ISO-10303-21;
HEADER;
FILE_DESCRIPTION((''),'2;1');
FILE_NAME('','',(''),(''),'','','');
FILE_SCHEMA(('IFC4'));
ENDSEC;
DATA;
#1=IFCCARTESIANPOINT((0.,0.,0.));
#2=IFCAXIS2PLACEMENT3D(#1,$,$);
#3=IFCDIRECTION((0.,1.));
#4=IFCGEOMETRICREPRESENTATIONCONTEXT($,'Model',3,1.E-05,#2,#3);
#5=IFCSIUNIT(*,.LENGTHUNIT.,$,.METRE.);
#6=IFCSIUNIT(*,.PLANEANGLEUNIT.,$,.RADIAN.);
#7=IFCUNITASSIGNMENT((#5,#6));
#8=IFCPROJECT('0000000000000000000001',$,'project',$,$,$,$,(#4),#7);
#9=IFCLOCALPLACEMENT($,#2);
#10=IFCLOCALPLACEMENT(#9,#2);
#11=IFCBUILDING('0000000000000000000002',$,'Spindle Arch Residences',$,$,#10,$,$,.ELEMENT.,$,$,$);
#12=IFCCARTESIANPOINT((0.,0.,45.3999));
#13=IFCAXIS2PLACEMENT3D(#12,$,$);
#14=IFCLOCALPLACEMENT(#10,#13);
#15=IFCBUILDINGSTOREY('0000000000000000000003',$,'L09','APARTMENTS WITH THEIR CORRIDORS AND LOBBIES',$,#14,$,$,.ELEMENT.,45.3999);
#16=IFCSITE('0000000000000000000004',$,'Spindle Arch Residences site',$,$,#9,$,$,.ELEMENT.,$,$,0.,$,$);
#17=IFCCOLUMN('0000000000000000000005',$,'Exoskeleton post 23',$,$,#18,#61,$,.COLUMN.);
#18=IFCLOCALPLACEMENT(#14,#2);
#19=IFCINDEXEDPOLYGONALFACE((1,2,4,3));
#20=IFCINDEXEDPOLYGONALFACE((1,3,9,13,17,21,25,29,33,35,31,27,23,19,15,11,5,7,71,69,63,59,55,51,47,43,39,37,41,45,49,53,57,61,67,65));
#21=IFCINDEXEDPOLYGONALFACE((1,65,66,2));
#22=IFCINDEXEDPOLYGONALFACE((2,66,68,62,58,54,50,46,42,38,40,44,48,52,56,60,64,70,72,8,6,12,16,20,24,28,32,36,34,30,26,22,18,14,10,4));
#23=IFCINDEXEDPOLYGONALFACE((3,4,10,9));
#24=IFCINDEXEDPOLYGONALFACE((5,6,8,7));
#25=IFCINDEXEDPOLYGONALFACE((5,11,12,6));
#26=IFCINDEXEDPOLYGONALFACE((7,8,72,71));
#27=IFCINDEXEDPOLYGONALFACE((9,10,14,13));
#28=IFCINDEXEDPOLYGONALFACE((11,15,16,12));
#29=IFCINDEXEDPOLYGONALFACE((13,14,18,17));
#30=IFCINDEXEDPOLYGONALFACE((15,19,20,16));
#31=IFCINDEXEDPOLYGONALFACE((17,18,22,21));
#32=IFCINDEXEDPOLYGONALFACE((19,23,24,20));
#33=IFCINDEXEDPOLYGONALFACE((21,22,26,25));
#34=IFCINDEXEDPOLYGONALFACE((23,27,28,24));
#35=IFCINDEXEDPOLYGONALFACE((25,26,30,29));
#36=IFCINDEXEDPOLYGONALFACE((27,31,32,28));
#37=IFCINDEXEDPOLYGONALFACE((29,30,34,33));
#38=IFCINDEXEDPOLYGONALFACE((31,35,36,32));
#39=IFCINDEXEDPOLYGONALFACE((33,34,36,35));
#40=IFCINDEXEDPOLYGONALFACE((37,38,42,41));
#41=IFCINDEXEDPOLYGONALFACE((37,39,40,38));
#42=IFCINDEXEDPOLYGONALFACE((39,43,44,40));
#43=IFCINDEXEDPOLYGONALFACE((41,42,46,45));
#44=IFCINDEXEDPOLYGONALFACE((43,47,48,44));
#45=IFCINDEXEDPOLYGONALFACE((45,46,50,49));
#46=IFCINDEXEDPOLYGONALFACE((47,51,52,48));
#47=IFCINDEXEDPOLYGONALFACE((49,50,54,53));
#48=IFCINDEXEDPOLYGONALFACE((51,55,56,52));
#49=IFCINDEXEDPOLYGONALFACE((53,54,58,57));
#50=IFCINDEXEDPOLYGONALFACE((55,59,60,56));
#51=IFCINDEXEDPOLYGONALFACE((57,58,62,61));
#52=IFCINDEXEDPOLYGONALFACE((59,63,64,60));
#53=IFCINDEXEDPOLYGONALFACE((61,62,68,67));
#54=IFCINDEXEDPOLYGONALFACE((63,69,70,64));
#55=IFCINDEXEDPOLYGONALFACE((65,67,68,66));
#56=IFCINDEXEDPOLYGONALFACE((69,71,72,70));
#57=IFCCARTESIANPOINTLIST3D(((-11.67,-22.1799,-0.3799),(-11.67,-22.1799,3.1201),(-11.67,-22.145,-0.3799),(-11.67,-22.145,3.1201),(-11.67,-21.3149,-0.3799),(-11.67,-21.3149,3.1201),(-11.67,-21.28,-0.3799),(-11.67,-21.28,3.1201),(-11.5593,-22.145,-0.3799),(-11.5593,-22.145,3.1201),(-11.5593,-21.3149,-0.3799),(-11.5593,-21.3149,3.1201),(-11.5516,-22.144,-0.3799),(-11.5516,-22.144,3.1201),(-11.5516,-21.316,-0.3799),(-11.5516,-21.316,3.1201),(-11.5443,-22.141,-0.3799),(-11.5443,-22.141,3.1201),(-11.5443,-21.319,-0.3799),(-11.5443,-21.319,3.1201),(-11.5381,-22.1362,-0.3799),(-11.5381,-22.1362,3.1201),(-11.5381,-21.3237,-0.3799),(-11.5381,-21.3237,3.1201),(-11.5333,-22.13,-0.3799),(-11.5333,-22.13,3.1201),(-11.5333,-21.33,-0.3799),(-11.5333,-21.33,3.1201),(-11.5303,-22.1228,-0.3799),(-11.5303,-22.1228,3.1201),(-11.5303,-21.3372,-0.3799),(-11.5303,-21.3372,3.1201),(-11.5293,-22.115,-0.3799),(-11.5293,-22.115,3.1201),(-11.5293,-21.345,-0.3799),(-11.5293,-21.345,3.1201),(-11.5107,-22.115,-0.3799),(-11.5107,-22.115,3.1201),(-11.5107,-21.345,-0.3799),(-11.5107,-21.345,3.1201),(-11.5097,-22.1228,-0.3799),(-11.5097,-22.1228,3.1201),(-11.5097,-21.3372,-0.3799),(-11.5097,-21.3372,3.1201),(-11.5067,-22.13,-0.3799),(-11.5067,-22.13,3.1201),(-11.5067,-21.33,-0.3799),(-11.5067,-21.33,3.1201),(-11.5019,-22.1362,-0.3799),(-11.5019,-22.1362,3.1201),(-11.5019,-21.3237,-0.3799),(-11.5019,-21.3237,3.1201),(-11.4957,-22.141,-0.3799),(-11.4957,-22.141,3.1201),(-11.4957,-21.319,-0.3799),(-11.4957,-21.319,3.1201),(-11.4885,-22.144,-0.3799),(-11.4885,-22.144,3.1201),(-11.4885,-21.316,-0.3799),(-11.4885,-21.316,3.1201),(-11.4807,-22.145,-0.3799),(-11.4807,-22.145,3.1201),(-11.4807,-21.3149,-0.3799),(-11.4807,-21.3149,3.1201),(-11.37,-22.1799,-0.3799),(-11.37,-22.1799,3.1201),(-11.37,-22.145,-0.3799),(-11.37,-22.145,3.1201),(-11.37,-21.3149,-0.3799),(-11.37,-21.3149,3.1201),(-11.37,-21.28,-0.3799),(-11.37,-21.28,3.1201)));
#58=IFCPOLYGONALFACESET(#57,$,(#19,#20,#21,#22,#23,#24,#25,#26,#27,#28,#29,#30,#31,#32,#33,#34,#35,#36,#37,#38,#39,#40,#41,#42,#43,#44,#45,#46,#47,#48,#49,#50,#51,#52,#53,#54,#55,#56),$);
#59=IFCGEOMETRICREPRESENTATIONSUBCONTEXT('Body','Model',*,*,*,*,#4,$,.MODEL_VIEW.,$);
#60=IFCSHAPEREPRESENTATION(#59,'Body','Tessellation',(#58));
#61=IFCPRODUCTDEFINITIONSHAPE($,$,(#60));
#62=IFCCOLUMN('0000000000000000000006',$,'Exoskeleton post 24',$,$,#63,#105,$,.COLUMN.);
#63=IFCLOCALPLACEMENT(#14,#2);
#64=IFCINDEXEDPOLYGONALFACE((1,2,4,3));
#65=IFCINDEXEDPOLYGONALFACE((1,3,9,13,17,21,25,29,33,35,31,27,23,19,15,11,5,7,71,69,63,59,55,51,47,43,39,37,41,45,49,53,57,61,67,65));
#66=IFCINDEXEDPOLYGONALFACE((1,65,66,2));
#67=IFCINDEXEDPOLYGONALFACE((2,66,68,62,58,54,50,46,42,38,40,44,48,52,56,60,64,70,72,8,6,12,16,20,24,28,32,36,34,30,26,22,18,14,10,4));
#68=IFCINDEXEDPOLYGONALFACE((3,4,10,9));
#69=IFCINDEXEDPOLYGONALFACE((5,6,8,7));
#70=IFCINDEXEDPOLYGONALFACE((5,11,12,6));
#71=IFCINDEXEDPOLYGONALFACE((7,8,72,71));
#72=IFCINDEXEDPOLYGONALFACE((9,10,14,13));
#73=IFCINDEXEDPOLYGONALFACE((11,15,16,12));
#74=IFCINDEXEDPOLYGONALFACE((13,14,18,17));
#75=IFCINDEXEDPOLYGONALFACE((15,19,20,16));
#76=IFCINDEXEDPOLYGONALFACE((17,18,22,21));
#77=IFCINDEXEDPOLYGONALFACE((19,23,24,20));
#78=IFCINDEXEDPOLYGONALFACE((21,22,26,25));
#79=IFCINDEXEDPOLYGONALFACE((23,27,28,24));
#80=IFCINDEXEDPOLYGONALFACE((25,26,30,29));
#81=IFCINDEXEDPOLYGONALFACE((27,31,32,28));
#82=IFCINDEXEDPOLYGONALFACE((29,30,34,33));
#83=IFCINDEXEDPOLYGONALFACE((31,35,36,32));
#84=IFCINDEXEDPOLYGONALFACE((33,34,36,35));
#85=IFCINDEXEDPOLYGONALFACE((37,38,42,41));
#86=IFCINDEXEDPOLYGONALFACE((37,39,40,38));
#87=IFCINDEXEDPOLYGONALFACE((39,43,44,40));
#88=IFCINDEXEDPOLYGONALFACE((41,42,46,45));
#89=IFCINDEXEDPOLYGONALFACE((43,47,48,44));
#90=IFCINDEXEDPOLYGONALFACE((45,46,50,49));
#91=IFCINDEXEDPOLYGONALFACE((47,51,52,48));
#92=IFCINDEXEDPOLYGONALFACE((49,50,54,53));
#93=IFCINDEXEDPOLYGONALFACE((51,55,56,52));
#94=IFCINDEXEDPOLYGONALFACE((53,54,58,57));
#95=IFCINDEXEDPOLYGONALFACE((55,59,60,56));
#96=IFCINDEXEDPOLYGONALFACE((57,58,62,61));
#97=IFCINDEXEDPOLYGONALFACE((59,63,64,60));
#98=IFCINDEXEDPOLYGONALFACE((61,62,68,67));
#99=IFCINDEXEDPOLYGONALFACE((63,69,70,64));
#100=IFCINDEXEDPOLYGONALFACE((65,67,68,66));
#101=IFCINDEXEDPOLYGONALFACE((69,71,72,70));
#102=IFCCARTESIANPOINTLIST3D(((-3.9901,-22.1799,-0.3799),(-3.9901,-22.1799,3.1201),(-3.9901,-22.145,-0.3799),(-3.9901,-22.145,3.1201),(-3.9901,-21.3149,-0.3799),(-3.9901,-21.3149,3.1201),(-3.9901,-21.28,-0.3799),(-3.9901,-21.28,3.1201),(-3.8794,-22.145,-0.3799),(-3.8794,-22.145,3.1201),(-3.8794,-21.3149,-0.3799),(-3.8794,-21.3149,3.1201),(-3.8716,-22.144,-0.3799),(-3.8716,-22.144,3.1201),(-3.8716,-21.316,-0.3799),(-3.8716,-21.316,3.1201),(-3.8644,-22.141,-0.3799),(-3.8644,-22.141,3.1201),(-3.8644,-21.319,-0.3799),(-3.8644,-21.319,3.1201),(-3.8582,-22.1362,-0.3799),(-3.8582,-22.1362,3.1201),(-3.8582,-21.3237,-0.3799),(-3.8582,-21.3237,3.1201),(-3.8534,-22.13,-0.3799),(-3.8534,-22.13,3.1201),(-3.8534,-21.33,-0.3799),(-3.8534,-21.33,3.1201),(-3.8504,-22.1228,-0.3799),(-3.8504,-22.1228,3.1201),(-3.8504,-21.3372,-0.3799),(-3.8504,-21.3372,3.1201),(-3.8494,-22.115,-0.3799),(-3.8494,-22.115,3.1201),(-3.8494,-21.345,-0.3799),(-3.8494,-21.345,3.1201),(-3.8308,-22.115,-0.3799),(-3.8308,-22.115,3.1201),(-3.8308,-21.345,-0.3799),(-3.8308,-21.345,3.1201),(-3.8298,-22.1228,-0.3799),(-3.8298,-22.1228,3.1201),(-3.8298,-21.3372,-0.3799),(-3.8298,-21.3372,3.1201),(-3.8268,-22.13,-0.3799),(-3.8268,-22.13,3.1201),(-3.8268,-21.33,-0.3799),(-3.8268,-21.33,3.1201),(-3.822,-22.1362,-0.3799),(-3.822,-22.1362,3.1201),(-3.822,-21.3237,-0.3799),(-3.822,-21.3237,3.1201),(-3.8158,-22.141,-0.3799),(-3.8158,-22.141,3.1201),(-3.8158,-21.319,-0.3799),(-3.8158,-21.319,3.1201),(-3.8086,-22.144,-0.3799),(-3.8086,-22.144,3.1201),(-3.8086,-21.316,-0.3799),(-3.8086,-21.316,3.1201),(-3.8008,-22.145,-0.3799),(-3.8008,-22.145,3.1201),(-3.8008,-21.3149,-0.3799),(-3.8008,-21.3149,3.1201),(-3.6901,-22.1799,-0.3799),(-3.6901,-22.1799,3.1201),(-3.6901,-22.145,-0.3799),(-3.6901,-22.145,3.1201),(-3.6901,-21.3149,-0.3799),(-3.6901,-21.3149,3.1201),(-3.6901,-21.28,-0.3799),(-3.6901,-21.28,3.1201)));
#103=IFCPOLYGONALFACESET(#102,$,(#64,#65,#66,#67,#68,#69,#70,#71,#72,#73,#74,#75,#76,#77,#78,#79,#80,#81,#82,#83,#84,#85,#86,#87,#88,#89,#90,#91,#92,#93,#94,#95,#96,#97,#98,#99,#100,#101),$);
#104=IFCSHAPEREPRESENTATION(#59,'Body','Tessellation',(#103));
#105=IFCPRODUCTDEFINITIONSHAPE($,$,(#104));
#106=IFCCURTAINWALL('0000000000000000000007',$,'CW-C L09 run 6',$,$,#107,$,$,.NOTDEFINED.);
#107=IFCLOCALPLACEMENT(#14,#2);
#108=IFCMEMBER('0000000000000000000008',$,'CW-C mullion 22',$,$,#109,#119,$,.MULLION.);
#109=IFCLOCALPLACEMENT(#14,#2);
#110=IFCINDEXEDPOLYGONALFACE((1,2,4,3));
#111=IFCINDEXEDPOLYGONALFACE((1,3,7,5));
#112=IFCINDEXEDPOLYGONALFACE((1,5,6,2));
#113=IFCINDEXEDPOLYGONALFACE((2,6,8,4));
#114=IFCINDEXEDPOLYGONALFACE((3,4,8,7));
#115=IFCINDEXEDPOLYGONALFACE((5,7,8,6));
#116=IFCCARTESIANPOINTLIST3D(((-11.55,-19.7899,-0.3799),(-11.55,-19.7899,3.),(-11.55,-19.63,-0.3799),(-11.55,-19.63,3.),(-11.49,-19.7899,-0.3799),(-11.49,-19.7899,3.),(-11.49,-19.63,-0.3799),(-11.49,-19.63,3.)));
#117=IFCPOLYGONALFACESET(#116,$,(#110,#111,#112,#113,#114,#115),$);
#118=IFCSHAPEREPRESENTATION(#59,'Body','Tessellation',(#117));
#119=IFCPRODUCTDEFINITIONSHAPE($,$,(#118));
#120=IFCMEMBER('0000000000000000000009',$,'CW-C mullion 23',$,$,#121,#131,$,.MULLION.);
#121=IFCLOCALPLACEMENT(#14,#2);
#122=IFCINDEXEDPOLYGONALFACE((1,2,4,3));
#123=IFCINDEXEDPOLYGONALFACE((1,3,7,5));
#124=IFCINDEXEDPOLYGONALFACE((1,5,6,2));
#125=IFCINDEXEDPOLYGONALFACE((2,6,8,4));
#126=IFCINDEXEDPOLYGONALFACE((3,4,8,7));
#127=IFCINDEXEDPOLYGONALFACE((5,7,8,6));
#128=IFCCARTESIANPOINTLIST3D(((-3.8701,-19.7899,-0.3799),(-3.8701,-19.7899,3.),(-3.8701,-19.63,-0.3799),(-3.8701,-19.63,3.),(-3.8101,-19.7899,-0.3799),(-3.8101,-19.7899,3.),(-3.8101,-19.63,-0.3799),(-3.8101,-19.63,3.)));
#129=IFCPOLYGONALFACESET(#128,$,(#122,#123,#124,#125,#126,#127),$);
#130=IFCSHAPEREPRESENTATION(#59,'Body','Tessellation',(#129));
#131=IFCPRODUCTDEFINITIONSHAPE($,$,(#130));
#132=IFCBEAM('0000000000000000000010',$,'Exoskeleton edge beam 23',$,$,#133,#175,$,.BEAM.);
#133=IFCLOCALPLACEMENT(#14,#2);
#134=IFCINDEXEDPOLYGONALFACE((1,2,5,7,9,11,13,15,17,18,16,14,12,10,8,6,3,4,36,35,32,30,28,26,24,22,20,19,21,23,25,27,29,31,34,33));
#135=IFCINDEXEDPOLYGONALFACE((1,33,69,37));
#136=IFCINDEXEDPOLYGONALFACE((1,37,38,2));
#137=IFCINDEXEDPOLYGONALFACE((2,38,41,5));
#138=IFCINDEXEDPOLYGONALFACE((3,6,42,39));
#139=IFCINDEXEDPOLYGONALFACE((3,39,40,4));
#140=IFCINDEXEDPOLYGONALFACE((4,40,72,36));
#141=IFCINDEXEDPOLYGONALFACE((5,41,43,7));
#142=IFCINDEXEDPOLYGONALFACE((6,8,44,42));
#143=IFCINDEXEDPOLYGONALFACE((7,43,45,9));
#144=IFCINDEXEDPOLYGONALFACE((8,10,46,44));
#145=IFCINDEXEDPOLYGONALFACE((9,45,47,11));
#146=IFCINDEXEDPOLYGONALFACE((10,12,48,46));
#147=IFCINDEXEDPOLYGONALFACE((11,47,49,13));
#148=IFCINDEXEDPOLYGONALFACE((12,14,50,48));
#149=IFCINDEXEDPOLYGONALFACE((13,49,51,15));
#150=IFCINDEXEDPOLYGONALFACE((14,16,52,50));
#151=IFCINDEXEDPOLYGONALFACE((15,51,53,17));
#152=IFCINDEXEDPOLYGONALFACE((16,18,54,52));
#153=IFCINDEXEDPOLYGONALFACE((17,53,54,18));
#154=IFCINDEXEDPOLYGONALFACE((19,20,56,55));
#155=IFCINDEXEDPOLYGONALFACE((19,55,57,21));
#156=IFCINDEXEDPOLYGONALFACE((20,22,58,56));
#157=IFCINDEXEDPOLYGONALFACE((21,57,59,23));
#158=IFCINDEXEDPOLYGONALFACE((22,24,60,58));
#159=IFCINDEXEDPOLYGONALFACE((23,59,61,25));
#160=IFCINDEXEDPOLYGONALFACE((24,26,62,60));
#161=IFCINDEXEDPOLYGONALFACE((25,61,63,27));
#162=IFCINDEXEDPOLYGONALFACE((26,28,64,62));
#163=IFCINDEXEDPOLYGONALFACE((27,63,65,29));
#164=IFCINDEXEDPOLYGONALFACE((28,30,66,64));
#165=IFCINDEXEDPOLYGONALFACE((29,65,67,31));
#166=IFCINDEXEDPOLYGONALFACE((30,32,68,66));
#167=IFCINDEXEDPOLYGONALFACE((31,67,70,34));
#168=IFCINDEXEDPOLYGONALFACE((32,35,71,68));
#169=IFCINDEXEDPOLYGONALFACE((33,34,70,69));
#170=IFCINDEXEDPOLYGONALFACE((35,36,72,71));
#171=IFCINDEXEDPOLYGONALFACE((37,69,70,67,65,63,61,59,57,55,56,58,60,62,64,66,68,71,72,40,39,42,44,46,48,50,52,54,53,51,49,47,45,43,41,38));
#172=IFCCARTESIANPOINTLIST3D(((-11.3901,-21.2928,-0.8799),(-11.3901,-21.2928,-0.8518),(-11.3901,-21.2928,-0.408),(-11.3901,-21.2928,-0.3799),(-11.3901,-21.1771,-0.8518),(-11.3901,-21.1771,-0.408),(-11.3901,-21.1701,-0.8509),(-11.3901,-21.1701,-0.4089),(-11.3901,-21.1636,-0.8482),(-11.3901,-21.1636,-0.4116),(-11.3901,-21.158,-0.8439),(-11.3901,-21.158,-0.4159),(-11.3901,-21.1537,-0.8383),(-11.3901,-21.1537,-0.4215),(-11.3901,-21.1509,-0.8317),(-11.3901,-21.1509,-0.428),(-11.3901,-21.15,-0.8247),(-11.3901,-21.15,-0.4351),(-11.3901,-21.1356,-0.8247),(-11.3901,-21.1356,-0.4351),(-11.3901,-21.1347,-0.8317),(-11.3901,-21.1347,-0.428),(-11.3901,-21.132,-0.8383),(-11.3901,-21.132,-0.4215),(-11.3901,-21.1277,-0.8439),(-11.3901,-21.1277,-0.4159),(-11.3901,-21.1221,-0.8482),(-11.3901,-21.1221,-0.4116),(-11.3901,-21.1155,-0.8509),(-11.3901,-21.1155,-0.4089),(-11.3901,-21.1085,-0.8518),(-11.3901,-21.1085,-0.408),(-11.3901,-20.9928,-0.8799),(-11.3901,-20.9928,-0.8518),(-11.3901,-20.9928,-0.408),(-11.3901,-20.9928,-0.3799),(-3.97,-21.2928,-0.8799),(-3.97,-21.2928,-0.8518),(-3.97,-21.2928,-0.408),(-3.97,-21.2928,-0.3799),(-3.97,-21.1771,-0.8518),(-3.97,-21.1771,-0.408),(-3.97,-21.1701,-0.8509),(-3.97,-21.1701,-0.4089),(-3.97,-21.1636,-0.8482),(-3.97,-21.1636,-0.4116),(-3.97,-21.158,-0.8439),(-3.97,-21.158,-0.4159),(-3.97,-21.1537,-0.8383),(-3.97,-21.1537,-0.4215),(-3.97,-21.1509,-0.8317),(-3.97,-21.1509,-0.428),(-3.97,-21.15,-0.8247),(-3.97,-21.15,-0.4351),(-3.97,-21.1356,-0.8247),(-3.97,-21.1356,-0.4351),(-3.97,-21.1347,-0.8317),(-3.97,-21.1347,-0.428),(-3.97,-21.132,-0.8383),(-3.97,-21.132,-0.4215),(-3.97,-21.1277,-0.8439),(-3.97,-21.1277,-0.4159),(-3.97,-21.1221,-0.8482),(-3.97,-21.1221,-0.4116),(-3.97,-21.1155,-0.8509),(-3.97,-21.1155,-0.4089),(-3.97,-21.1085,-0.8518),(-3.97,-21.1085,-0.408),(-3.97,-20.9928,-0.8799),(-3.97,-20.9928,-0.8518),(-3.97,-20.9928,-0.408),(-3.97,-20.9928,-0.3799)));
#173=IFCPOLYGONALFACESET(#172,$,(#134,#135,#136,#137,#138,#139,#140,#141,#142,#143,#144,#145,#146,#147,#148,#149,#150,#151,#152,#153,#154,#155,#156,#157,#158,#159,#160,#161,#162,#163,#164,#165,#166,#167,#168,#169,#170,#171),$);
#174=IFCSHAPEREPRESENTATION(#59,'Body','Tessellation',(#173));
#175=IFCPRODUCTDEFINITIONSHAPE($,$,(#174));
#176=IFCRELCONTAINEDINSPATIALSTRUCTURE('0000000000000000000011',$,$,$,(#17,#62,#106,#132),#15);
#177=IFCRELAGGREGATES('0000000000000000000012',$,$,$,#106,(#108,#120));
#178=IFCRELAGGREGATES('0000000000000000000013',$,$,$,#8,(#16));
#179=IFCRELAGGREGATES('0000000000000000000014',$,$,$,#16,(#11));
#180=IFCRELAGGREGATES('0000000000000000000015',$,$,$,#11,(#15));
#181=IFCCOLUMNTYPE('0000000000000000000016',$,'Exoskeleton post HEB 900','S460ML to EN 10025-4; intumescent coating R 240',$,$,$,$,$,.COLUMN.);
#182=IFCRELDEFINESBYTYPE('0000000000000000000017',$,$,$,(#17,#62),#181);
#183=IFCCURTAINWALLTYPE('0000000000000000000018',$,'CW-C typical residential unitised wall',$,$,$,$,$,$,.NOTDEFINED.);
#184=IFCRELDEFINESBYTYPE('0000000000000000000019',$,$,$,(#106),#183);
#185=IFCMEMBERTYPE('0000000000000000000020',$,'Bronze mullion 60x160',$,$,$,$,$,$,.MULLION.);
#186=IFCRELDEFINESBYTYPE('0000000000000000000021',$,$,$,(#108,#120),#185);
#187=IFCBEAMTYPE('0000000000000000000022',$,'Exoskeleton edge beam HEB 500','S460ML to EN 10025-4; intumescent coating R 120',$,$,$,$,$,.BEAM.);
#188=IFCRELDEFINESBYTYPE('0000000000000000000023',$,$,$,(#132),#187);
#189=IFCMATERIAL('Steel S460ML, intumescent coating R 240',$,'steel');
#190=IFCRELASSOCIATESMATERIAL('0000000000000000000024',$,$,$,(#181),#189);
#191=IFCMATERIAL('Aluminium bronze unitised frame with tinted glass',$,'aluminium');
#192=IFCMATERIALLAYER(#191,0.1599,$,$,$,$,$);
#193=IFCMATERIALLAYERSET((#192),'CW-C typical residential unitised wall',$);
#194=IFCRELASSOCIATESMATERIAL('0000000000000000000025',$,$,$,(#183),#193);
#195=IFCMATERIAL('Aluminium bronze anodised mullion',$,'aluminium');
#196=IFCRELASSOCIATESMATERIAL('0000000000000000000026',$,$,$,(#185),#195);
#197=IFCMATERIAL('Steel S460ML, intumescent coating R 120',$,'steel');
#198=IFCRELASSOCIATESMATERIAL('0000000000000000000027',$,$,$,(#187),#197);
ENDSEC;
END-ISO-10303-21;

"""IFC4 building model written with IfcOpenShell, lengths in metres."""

from ifc_helpers import new_model, si_unit, direction, frame, origin, origin_2d, place, context, subcontext, project, spatial, rectangle, i_section, extrude, material, layer, layer_set, material_profile, profile_set, type_object, element, aggregate, save


model = new_model("IFC4")

# Units and contexts
model_context = context("Model", 3, precision=1e-05, world=origin(), true_north=direction((0.0, 1.0)))
body_context = subcontext(model_context, "Body", "Model", "MODEL_VIEW")
ifc_project = project(units=[si_unit("LENGTHUNIT", "METRE"), si_unit("PLANEANGLEUNIT", "RADIAN")], contexts=[model_context])

# Site, building, storey
site_placement = place(None, origin())
site = spatial("IfcSite", under=ifc_project, at=site_placement, Name="Spindle Arch Residences site", CompositionType="ELEMENT", RefElevation=0.0)
building_placement = place(site_placement, origin())
building = spatial("IfcBuilding", under=site, at=building_placement, Name="Spindle Arch Residences", CompositionType="ELEMENT")
storey_placement = place(building_placement, frame((0.0, 0.0, 45.3999)))
storey = spatial("IfcBuildingStorey", under=building, at=storey_placement, Name="L09", Description="APARTMENTS WITH THEIR CORRIDORS AND LOBBIES", CompositionType="ELEMENT", Elevation=45.3999)

# Columns
ifc_material_1 = material(Name="Steel S460ML, intumescent coating R 240", Category="steel")
ifc_material_profile_1 = material_profile(ifc_material_1, i_section(OverallWidth=0.3, OverallDepth=0.8999, WebThickness=0.0186, FlangeThickness=0.0349, FilletRadius=0.03, at=origin_2d()), Name="HEB 900")
ifc_profile_set_1 = profile_set([ifc_material_profile_1], Name="Steel S460ML, intumescent coating R 240")
column_type = type_object("IfcColumnType", Name="Exoskeleton post HEB 900", Description="S460ML to EN 10025-4; intumescent coating R 240", PredefinedType="COLUMN", material=ifc_profile_set_1)
for number, where, z_axis, x_axis, name in (
    (1, (-11.52, -21.73, -0.3799), (0.0, 0.0, 1.0), (-1.0, 0.0, 0.0), "Exoskeleton post 23"),
    (2, (-3.8401, -21.73, -0.3799), (0.0, 0.0, 1.0), (-1.0, 0.0, 0.0), "Exoskeleton post 24"),
):
    element("IfcColumn", number, at=place(storey_placement, frame(where, z_axis=z_axis, x_axis=x_axis)), inside=storey, type_object=column_type, Name=name, PredefinedType="COLUMN", context=body_context, shape_type="SweptSolid", body=[
        extrude(i_section(OverallWidth=0.3, OverallDepth=0.8999, WebThickness=0.0186, FlangeThickness=0.0349, FilletRadius=0.03, at=origin_2d()), origin(), (0.0, 0.0, 1.0), 3.5),
    ])

# Curtain wall, members
ifc_material_2 = material(Name="Aluminium bronze unitised frame with tinted glass", Category="aluminium")
ifc_layer_1 = layer(ifc_material_2, 0.1599)
ifc_layer_set_1 = layer_set([ifc_layer_1], Name="CW-C typical residential unitised wall")
curtain_wall_type = type_object("IfcCurtainWallType", Name="CW-C typical residential unitised wall", PredefinedType="NOTDEFINED", material=ifc_layer_set_1)
curtain_wall_placement = place(storey_placement, origin())
curtain_wall = element("IfcCurtainWall", 3, at=curtain_wall_placement, inside=storey, type_object=curtain_wall_type, Name="CW-C L09 run 6", PredefinedType="NOTDEFINED")
ifc_material_3 = material(Name="Aluminium bronze anodised mullion", Category="aluminium")
ifc_material_profile_2 = material_profile(ifc_material_3, rectangle(XDim=0.1599, YDim=0.0601, at=origin_2d()), Name="MU 60x160")
ifc_profile_set_2 = profile_set([ifc_material_profile_2], Name="Aluminium bronze anodised mullion")
member_type = type_object("IfcMemberType", Name="Bronze mullion 60x160", PredefinedType="MULLION", material=ifc_profile_set_2)
member_1_placement = place(storey_placement, frame((-11.52, -19.71, -0.3799), z_axis=(0.0, 0.0, 1.0), x_axis=(0.0, 1.0, 0.0)))
member_1 = element("IfcMember", 4, at=member_1_placement, type_object=member_type, Name="CW-C mullion 22", PredefinedType="MULLION", context=body_context, shape_type="SweptSolid", body=[
    extrude(rectangle(XDim=0.1599, YDim=0.0601, at=origin_2d()), origin(), (0.0, 0.0, 1.0), 3.3799),
])
member_2_placement = place(storey_placement, frame((-3.8401, -19.71, -0.3799), z_axis=(0.0, 0.0, 1.0), x_axis=(0.0, 1.0, 0.0)))
member_2 = element("IfcMember", 5, at=member_2_placement, type_object=member_type, Name="CW-C mullion 23", PredefinedType="MULLION", context=body_context, shape_type="SweptSolid", body=[
    extrude(rectangle(XDim=0.1599, YDim=0.0601, at=origin_2d()), origin(), (0.0, 0.0, 1.0), 3.3799),
])

# Beam
ifc_material_4 = material(Name="Steel S460ML, intumescent coating R 120", Category="steel")
ifc_material_profile_3 = material_profile(ifc_material_4, i_section(OverallWidth=0.3, OverallDepth=0.5, WebThickness=0.0144, FlangeThickness=0.0281, FilletRadius=0.0271, at=origin_2d()), Name="HEB 500")
ifc_profile_set_3 = profile_set([ifc_material_profile_3], Name="Steel S460ML, intumescent coating R 120")
beam_type_1 = type_object("IfcBeamType", Name="Exoskeleton edge beam HEB 500", Description="S460ML to EN 10025-4; intumescent coating R 120", PredefinedType="BEAM", material=ifc_profile_set_3)
beam_1_placement = place(storey_placement, frame((-11.3901, -21.1428, -0.6299), z_axis=(1.0, 0.0, 0.0), x_axis=(0.0, 1.0, 0.0)))
element("IfcBeam", 6, at=beam_1_placement, inside=storey, type_object=beam_type_1, Name="Exoskeleton edge beam 23", PredefinedType="BEAM", context=body_context, shape_type="SweptSolid", body=[
    extrude(i_section(OverallWidth=0.3, OverallDepth=0.5, WebThickness=0.0144, FlangeThickness=0.0281, FilletRadius=0.0271, at=origin_2d()), origin(), (0.0, 0.0, 1.0), 7.4202),
])

aggregate(curtain_wall, [member_1, member_2])

save(model, "model.ifc")
